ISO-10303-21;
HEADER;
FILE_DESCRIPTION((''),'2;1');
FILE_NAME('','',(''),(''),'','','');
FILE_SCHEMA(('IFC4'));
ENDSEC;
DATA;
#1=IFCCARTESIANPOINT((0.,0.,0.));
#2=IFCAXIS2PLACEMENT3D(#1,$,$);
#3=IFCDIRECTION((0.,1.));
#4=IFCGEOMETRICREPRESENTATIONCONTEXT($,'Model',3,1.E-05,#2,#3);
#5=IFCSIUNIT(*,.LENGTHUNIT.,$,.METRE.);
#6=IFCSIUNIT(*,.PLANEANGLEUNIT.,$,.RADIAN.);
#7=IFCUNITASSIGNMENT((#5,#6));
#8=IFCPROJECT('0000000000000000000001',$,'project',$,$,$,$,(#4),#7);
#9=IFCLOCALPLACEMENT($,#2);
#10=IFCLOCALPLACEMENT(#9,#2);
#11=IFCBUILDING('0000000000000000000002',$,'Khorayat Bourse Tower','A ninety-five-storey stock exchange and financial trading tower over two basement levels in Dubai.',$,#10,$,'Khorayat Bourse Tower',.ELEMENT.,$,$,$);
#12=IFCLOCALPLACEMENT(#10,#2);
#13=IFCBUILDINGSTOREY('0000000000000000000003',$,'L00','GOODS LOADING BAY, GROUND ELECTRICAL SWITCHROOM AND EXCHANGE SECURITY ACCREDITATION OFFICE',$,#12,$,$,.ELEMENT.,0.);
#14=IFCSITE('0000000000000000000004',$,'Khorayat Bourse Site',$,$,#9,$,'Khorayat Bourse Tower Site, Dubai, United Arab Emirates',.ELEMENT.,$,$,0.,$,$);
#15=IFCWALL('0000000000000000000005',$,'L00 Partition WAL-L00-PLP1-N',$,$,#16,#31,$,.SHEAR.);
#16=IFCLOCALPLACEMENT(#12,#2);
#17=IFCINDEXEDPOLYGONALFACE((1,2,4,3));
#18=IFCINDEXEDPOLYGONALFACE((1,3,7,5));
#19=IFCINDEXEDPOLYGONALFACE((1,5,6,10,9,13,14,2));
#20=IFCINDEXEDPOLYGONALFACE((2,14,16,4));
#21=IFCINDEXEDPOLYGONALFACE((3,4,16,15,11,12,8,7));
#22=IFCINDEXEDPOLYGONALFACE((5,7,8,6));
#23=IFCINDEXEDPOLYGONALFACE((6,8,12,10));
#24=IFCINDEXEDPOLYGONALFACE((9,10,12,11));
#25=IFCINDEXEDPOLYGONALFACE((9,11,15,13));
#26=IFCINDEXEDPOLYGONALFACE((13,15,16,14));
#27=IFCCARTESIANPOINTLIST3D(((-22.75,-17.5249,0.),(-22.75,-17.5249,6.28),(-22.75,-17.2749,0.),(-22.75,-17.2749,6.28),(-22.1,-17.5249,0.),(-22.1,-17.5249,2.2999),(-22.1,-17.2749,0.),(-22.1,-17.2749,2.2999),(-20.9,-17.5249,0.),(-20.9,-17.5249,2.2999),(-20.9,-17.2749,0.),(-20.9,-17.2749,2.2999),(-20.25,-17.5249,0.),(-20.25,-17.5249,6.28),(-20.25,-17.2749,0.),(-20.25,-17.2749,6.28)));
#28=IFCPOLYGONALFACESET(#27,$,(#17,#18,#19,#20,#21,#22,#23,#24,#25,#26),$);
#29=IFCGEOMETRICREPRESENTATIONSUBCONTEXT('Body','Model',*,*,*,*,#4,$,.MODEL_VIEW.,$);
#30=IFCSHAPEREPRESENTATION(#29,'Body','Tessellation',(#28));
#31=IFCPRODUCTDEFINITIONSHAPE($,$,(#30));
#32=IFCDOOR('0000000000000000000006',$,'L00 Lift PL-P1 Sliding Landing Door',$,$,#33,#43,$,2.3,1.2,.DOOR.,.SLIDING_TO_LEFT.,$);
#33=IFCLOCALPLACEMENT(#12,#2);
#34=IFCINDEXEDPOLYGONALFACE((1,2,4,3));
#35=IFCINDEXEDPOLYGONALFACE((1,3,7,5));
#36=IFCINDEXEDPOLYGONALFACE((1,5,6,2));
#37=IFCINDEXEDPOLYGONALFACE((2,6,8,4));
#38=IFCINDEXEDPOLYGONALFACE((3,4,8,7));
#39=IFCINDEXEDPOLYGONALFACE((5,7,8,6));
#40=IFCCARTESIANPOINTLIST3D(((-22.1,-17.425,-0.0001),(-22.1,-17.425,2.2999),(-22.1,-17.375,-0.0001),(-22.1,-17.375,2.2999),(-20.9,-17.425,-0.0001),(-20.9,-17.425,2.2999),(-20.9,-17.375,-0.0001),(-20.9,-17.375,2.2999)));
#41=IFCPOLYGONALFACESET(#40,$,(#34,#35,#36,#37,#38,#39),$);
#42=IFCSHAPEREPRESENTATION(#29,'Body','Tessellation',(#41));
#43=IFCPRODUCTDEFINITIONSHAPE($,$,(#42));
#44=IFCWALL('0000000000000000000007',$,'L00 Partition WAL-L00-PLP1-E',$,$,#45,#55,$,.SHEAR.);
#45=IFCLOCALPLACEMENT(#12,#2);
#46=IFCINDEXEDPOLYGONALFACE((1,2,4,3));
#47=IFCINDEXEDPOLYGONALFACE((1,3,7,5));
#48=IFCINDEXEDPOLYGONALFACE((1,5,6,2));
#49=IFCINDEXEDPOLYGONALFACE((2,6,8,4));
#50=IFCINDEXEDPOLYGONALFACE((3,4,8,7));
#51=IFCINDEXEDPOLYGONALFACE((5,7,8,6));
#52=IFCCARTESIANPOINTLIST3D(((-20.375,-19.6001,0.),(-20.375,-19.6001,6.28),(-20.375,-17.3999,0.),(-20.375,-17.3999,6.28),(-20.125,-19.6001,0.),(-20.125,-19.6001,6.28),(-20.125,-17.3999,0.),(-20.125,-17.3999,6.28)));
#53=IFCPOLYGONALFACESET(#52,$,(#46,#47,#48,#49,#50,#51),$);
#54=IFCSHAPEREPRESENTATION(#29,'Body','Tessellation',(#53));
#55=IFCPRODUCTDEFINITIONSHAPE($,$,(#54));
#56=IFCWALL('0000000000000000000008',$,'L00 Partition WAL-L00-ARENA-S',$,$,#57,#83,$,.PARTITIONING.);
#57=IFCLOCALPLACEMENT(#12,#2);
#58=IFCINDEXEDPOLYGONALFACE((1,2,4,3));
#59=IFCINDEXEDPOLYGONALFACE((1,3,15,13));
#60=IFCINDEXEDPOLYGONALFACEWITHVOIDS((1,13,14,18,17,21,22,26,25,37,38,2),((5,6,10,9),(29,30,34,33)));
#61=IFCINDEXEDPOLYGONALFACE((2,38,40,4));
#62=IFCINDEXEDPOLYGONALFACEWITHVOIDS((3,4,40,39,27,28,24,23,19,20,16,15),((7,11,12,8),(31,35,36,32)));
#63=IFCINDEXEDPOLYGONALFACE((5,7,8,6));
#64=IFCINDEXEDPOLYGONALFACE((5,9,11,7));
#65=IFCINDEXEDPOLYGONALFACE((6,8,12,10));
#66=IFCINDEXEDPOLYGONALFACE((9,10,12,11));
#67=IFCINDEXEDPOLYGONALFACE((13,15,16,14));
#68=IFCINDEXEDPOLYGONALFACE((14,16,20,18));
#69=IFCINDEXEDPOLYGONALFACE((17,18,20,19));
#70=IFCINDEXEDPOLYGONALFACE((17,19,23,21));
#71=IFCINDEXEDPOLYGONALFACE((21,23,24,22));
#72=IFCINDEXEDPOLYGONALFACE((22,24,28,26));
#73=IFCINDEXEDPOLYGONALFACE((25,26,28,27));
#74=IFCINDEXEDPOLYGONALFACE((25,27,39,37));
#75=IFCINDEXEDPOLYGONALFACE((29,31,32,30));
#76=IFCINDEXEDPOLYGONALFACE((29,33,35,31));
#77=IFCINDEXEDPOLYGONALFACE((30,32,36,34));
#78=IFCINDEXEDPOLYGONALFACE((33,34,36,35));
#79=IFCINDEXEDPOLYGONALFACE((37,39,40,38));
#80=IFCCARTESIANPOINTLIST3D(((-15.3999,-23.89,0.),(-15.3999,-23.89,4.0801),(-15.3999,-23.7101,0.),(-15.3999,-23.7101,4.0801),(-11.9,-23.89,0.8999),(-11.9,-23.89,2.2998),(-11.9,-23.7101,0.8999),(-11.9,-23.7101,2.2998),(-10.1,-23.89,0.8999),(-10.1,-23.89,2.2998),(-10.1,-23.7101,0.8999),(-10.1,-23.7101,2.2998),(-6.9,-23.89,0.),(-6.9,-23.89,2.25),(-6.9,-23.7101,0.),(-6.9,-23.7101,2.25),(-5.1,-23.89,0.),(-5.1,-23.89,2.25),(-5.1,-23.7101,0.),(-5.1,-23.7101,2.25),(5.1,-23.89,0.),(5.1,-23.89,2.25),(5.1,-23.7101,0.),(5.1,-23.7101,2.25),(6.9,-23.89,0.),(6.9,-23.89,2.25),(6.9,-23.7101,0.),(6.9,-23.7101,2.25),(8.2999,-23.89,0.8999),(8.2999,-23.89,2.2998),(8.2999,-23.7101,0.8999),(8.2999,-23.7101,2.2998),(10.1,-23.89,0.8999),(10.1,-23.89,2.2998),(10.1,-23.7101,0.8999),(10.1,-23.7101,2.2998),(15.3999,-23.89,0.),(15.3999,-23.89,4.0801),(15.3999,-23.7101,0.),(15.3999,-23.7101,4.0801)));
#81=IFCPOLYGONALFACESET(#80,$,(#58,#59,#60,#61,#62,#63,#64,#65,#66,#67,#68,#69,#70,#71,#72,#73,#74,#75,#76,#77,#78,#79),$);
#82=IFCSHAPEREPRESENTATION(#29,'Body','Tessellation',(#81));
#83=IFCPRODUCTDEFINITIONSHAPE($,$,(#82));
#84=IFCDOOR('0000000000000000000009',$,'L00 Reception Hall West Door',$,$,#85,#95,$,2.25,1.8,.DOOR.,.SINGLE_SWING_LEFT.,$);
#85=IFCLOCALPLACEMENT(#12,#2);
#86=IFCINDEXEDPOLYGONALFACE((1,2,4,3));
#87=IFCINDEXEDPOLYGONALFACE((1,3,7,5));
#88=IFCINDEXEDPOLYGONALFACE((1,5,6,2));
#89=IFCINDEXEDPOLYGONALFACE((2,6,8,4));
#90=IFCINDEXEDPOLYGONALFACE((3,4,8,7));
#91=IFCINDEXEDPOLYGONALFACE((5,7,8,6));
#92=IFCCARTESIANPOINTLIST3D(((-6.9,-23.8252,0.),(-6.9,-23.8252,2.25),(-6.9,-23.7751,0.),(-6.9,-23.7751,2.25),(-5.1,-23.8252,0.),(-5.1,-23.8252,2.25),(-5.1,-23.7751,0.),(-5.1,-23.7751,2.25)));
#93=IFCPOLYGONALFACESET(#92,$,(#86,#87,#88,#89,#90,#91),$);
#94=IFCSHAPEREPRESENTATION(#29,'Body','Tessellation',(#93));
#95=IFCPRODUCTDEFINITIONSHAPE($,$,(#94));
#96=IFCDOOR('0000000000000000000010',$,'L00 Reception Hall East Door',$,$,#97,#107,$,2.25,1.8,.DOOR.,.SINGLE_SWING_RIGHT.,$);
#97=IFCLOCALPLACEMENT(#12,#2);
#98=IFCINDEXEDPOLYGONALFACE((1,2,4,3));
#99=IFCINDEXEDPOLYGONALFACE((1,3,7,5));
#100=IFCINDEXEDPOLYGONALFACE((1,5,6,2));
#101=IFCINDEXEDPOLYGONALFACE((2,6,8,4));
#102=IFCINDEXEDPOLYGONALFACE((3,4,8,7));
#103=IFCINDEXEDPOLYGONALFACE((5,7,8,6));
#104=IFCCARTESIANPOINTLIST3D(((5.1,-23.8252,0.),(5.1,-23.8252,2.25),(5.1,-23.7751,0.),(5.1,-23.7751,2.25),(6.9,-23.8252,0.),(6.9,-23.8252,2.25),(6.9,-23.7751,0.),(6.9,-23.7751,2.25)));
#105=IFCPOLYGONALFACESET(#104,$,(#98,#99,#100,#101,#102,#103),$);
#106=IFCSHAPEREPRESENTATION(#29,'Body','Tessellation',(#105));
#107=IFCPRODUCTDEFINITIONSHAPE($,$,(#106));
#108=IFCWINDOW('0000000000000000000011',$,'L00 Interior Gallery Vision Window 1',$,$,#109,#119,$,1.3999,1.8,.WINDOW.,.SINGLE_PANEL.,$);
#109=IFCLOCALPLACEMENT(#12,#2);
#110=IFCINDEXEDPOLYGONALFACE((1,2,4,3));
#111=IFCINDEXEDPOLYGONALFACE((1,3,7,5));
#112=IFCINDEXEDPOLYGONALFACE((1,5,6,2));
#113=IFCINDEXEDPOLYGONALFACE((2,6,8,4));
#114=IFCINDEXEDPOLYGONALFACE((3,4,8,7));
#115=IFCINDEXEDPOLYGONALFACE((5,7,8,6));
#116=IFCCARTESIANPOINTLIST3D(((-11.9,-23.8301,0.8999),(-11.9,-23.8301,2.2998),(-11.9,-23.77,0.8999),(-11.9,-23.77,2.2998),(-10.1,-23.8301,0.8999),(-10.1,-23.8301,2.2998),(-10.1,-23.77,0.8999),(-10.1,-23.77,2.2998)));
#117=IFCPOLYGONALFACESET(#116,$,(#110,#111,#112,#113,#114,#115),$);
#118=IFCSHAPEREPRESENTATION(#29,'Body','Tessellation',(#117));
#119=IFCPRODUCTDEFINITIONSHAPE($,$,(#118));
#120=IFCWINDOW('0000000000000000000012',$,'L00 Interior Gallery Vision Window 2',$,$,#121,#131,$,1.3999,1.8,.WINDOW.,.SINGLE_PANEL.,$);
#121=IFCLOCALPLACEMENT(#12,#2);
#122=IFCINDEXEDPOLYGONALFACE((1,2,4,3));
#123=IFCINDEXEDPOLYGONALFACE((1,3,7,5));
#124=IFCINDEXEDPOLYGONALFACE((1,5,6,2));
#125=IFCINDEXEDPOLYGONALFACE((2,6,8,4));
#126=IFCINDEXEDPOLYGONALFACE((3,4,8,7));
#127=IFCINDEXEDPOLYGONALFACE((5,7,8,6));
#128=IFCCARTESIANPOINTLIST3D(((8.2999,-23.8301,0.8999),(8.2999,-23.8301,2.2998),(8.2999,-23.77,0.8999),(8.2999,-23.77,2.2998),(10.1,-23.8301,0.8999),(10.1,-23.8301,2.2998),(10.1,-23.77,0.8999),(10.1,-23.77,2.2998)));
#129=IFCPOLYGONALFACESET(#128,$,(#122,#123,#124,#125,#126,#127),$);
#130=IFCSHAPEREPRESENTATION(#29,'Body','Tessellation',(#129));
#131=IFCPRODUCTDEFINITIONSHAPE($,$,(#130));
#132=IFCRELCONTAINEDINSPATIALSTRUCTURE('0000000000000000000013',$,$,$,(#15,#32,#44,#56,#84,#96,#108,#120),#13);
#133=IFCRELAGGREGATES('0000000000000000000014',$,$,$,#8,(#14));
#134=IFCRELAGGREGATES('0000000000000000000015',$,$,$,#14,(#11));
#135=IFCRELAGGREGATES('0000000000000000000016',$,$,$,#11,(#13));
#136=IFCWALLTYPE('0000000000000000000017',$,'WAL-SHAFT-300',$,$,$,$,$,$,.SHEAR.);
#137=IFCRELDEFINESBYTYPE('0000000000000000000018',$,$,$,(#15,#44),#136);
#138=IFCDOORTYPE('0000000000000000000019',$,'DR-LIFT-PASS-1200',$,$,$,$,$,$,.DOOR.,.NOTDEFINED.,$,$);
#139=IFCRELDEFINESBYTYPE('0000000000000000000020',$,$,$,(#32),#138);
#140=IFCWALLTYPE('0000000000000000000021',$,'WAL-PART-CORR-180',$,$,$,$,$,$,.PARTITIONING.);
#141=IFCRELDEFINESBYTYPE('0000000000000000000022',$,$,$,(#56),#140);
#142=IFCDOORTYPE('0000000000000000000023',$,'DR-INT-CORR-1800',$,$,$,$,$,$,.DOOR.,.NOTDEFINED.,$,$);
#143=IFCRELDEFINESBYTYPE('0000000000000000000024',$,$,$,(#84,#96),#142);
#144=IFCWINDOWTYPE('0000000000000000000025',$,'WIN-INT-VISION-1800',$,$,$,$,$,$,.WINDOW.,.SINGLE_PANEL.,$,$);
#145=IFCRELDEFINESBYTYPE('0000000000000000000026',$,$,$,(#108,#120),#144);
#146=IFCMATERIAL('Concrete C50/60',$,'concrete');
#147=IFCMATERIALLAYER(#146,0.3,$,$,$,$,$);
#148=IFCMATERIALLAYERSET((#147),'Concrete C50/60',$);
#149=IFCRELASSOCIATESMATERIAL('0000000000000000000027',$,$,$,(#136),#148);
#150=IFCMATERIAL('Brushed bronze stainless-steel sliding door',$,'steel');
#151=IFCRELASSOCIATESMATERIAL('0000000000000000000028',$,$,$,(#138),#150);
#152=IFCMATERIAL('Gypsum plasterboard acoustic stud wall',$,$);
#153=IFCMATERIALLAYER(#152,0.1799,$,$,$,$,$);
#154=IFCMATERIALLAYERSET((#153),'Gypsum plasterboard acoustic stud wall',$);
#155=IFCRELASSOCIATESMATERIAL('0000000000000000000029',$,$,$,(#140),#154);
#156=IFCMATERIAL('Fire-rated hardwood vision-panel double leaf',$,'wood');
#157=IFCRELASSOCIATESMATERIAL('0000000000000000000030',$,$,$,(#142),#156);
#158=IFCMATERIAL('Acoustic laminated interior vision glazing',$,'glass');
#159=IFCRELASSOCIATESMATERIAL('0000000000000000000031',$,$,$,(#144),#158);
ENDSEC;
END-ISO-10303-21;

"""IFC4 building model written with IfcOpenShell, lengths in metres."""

from ifc_helpers import new_model, si_unit, direction, frame, frame_2d, origin, place, context, subcontext, project, spatial, rectangle, extrude, source, transform, mapped, material, layer, layer_set, type_object, element, fill, save


model = new_model("IFC4")

# Units and contexts
model_context = context("Model", 3, precision=1e-05, world=origin(), true_north=direction((0.0, 1.0)))
body_context = subcontext(model_context, "Body", "Model", "MODEL_VIEW")
ifc_project = project(units=[si_unit("LENGTHUNIT", "METRE"), si_unit("PLANEANGLEUNIT", "RADIAN")], contexts=[model_context])

# Site, building, storey
site_placement = place(None, origin())
site = spatial("IfcSite", under=ifc_project, at=site_placement, Name="Khorayat Bourse Site", LongName="Khorayat Bourse Tower Site, Dubai, United Arab Emirates", CompositionType="ELEMENT", RefElevation=0.0)
building_placement = place(site_placement, origin())
building = spatial("IfcBuilding", under=site, at=building_placement, Name="Khorayat Bourse Tower", Description="A ninety-five-storey stock exchange and financial trading tower over two basement levels in Dubai.", LongName="Khorayat Bourse Tower", CompositionType="ELEMENT")
storey_placement = place(building_placement, origin())
storey = spatial("IfcBuildingStorey", under=building, at=storey_placement, Name="L00", Description="GOODS LOADING BAY, GROUND ELECTRICAL SWITCHROOM AND EXCHANGE SECURITY ACCREDITATION OFFICE", CompositionType="ELEMENT", Elevation=0.0)

# Wall, opening, door
ifc_material_1 = material(Name="Concrete C50/60", Category="concrete")
ifc_layer_1 = layer(ifc_material_1, 0.3)
ifc_layer_set_1 = layer_set([ifc_layer_1], Name="Concrete C50/60")
wall_type_1 = type_object("IfcWallType", Name="WAL-SHAFT-300", PredefinedType="SHEAR", material=ifc_layer_set_1)
shared_shape_1 = source(origin(), body_context, "Body", "SweptSolid", [
    extrude(rectangle(XDim=2.5, YDim=0.25, at=frame_2d((1.25, 0.0))), origin(), (0.0, 0.0, 1.0), 6.28),
])
wall_1_placement = place(storey_placement, frame((-22.75, -17.3999, 0.0), z_axis=(0.0, 0.0, 1.0), x_axis=(1.0, 0.0, 0.0)))
wall_1 = element("IfcWall", 1, at=wall_1_placement, inside=storey, type_object=wall_type_1, Name="L00 Partition WAL-L00-PLP1-N", PredefinedType="SHEAR", context=body_context, shape_type="MappedRepresentation", body=[
    mapped(shared_shape_1, transform((0.0, 0.0, 0.0), scale=1.0)),
])
shared_shape_2 = source(origin(), body_context, "Body", "SweptSolid", [
    extrude(rectangle(XDim=1.2, YDim=2.3, at=frame_2d((0.6001, 1.1499))), frame((0.0, 0.135, 0.0), z_axis=(0.0, -1.0, 0.0), x_axis=(1.0, 0.0, 0.0)), (0.0, 0.0, 1.0), 0.27),
])
opening_1_placement = place(wall_1_placement, frame((0.6499, 0.0, 0.0)))
opening_1 = element("IfcOpeningElement", 2, at=opening_1_placement, cuts=wall_1, PredefinedType="OPENING", context=body_context, shape_type="MappedRepresentation", body=[
    mapped(shared_shape_2, transform((0.0, 0.0, 0.0), scale=1.0)),
])
ifc_material_2 = material(Name="Brushed bronze stainless-steel sliding door", Category="steel")
door_type_1 = type_object("IfcDoorType", Name="DR-LIFT-PASS-1200", OperationType="NOTDEFINED", PredefinedType="DOOR", material=ifc_material_2)
shared_shape_3 = source(origin(), body_context, "Body", "SweptSolid", [
    extrude(rectangle(XDim=1.2, YDim=2.3, at=frame_2d((0.6001, 1.1499))), frame((0.0, 0.0249, 0.0), z_axis=(0.0, -1.0, 0.0), x_axis=(1.0, 0.0, 0.0)), (0.0, 0.0, 1.0), 0.05),
])
door_1_placement = place(opening_1_placement, origin())
door_1 = element("IfcDoor", 3, at=door_1_placement, inside=storey, type_object=door_type_1, Name="L00 Lift PL-P1 Sliding Landing Door", OperationType="SLIDING_TO_LEFT", OverallHeight=2.3, OverallWidth=1.2, PredefinedType="DOOR", context=body_context, shape_type="MappedRepresentation", body=[
    mapped(shared_shape_3, transform((0.0, 0.0, 0.0), scale=1.0)),
])
fill(opening_1, door_1)

# Wall
shared_shape_4 = source(origin(), body_context, "Body", "SweptSolid", [
    extrude(rectangle(XDim=2.2002, YDim=0.25, at=frame_2d((1.1001, 0.0))), origin(), (0.0, 0.0, 1.0), 6.28),
])
wall_2_placement = place(storey_placement, frame((-20.25, -19.6001, 0.0), z_axis=(0.0, 0.0, 1.0), x_axis=(0.0, 1.0, 0.0)))
element("IfcWall", 4, at=wall_2_placement, inside=storey, type_object=wall_type_1, Name="L00 Partition WAL-L00-PLP1-E", PredefinedType="SHEAR", context=body_context, shape_type="MappedRepresentation", body=[
    mapped(shared_shape_4, transform((0.0, 0.0, 0.0), scale=1.0)),
])

# Wall, openings, doors, windows
ifc_material_3 = material(Name="Gypsum plasterboard acoustic stud wall")
ifc_layer_2 = layer(ifc_material_3, 0.1799)
ifc_layer_set_2 = layer_set([ifc_layer_2], Name="Gypsum plasterboard acoustic stud wall")
wall_type_2 = type_object("IfcWallType", Name="WAL-PART-CORR-180", PredefinedType="PARTITIONING", material=ifc_layer_set_2)
shared_shape_5 = source(origin(), body_context, "Body", "SweptSolid", [
    extrude(rectangle(XDim=30.7998, YDim=0.1799, at=frame_2d((15.3999, 0.0))), origin(), (0.0, 0.0, 1.0), 4.0801),
])
wall_3_placement = place(storey_placement, frame((-15.3999, -23.8, 0.0), z_axis=(0.0, 0.0, 1.0), x_axis=(1.0, 0.0, 0.0)))
wall_3 = element("IfcWall", 5, at=wall_3_placement, inside=storey, type_object=wall_type_2, Name="L00 Partition WAL-L00-ARENA-S", PredefinedType="PARTITIONING", context=body_context, shape_type="MappedRepresentation", body=[
    mapped(shared_shape_5, transform((0.0, 0.0, 0.0), scale=1.0)),
])
shared_shape_6 = source(origin(), body_context, "Body", "SweptSolid", [
    extrude(rectangle(XDim=1.8, YDim=2.25, at=frame_2d((0.8999, 1.125))), frame((0.0, 0.0999, 0.0), z_axis=(0.0, -1.0, 0.0), x_axis=(1.0, 0.0, 0.0)), (0.0, 0.0, 1.0), 0.2),
])
opening_2_placement = place(wall_3_placement, frame((8.5, 0.0, 0.0)))
opening_2 = element("IfcOpeningElement", 6, at=opening_2_placement, cuts=wall_3, PredefinedType="OPENING", context=body_context, shape_type="MappedRepresentation", body=[
    mapped(shared_shape_6, transform((0.0, 0.0, 0.0), scale=1.0)),
])
opening_3_placement = place(wall_3_placement, frame((20.5, 0.0, 0.0)))
opening_3 = element("IfcOpeningElement", 7, at=opening_3_placement, cuts=wall_3, PredefinedType="OPENING", context=body_context, shape_type="MappedRepresentation", body=[
    mapped(shared_shape_6, transform((0.0, 0.0, 0.0), scale=1.0)),
])
shared_shape_7 = source(origin(), body_context, "Body", "SweptSolid", [
    extrude(rectangle(XDim=1.8, YDim=1.3999, at=frame_2d((0.8999, 0.7))), frame((0.0, 0.0999, 0.0), z_axis=(0.0, -1.0, 0.0), x_axis=(1.0, 0.0, 0.0)), (0.0, 0.0, 1.0), 0.2),
])
opening_4_placement = place(wall_3_placement, frame((3.5, 0.0, 0.8999)))
opening_4 = element("IfcOpeningElement", 8, at=opening_4_placement, cuts=wall_3, PredefinedType="OPENING", context=body_context, shape_type="MappedRepresentation", body=[
    mapped(shared_shape_7, transform((0.0, 0.0, 0.0), scale=1.0)),
])
opening_5_placement = place(wall_3_placement, frame((23.7, 0.0, 0.8999)))
opening_5 = element("IfcOpeningElement", 9, at=opening_5_placement, cuts=wall_3, PredefinedType="OPENING", context=body_context, shape_type="MappedRepresentation", body=[
    mapped(shared_shape_7, transform((0.0, 0.0, 0.0), scale=1.0)),
])
ifc_material_4 = material(Name="Fire-rated hardwood vision-panel double leaf", Category="wood")
door_type_2 = type_object("IfcDoorType", Name="DR-INT-CORR-1800", OperationType="NOTDEFINED", PredefinedType="DOOR", material=ifc_material_4)
shared_shape_8 = source(origin(), body_context, "Body", "SweptSolid", [
    extrude(rectangle(XDim=1.8, YDim=2.25, at=frame_2d((0.8999, 1.125))), frame((0.0, 0.0249, 0.0), z_axis=(0.0, -1.0, 0.0), x_axis=(1.0, 0.0, 0.0)), (0.0, 0.0, 1.0), 0.05),
])
door_2_placement = place(opening_2_placement, origin())
door_2 = element("IfcDoor", 10, at=door_2_placement, inside=storey, type_object=door_type_2, Name="L00 Reception Hall West Door", OperationType="SINGLE_SWING_LEFT", OverallHeight=2.25, OverallWidth=1.8, PredefinedType="DOOR", context=body_context, shape_type="MappedRepresentation", body=[
    mapped(shared_shape_8, transform((0.0, 0.0, 0.0), scale=1.0)),
])
fill(opening_2, door_2)
door_3_placement = place(opening_3_placement, origin())
door_3 = element("IfcDoor", 11, at=door_3_placement, inside=storey, type_object=door_type_2, Name="L00 Reception Hall East Door", OperationType="SINGLE_SWING_RIGHT", OverallHeight=2.25, OverallWidth=1.8, PredefinedType="DOOR", context=body_context, shape_type="MappedRepresentation", body=[
    mapped(shared_shape_8, transform((0.0, 0.0, 0.0), scale=1.0)),
])
fill(opening_3, door_3)
ifc_material_5 = material(Name="Acoustic laminated interior vision glazing", Category="glass")
window_type = type_object("IfcWindowType", Name="WIN-INT-VISION-1800", PartitioningType="SINGLE_PANEL", PredefinedType="WINDOW", material=ifc_material_5)
shared_shape_9 = source(origin(), body_context, "Body", "SweptSolid", [
    extrude(rectangle(XDim=1.8, YDim=1.3999, at=frame_2d((0.8999, 0.7))), frame((0.0, 0.03, 0.0), z_axis=(0.0, -1.0, 0.0), x_axis=(1.0, 0.0, 0.0)), (0.0, 0.0, 1.0), 0.0601),
])
window_1_placement = place(opening_4_placement, origin())
window_1 = element("IfcWindow", 12, at=window_1_placement, inside=storey, type_object=window_type, Name="L00 Interior Gallery Vision Window 1", OverallHeight=1.3999, OverallWidth=1.8, PartitioningType="SINGLE_PANEL", PredefinedType="WINDOW", context=body_context, shape_type="MappedRepresentation", body=[
    mapped(shared_shape_9, transform((0.0, 0.0, 0.0), scale=1.0)),
])
fill(opening_4, window_1)
window_2_placement = place(opening_5_placement, origin())
window_2 = element("IfcWindow", 13, at=window_2_placement, inside=storey, type_object=window_type, Name="L00 Interior Gallery Vision Window 2", OverallHeight=1.3999, OverallWidth=1.8, PartitioningType="SINGLE_PANEL", PredefinedType="WINDOW", context=body_context, shape_type="MappedRepresentation", body=[
    mapped(shared_shape_9, transform((0.0, 0.0, 0.0), scale=1.0)),
])
fill(opening_5, window_2)

save(model, "model.ifc")
